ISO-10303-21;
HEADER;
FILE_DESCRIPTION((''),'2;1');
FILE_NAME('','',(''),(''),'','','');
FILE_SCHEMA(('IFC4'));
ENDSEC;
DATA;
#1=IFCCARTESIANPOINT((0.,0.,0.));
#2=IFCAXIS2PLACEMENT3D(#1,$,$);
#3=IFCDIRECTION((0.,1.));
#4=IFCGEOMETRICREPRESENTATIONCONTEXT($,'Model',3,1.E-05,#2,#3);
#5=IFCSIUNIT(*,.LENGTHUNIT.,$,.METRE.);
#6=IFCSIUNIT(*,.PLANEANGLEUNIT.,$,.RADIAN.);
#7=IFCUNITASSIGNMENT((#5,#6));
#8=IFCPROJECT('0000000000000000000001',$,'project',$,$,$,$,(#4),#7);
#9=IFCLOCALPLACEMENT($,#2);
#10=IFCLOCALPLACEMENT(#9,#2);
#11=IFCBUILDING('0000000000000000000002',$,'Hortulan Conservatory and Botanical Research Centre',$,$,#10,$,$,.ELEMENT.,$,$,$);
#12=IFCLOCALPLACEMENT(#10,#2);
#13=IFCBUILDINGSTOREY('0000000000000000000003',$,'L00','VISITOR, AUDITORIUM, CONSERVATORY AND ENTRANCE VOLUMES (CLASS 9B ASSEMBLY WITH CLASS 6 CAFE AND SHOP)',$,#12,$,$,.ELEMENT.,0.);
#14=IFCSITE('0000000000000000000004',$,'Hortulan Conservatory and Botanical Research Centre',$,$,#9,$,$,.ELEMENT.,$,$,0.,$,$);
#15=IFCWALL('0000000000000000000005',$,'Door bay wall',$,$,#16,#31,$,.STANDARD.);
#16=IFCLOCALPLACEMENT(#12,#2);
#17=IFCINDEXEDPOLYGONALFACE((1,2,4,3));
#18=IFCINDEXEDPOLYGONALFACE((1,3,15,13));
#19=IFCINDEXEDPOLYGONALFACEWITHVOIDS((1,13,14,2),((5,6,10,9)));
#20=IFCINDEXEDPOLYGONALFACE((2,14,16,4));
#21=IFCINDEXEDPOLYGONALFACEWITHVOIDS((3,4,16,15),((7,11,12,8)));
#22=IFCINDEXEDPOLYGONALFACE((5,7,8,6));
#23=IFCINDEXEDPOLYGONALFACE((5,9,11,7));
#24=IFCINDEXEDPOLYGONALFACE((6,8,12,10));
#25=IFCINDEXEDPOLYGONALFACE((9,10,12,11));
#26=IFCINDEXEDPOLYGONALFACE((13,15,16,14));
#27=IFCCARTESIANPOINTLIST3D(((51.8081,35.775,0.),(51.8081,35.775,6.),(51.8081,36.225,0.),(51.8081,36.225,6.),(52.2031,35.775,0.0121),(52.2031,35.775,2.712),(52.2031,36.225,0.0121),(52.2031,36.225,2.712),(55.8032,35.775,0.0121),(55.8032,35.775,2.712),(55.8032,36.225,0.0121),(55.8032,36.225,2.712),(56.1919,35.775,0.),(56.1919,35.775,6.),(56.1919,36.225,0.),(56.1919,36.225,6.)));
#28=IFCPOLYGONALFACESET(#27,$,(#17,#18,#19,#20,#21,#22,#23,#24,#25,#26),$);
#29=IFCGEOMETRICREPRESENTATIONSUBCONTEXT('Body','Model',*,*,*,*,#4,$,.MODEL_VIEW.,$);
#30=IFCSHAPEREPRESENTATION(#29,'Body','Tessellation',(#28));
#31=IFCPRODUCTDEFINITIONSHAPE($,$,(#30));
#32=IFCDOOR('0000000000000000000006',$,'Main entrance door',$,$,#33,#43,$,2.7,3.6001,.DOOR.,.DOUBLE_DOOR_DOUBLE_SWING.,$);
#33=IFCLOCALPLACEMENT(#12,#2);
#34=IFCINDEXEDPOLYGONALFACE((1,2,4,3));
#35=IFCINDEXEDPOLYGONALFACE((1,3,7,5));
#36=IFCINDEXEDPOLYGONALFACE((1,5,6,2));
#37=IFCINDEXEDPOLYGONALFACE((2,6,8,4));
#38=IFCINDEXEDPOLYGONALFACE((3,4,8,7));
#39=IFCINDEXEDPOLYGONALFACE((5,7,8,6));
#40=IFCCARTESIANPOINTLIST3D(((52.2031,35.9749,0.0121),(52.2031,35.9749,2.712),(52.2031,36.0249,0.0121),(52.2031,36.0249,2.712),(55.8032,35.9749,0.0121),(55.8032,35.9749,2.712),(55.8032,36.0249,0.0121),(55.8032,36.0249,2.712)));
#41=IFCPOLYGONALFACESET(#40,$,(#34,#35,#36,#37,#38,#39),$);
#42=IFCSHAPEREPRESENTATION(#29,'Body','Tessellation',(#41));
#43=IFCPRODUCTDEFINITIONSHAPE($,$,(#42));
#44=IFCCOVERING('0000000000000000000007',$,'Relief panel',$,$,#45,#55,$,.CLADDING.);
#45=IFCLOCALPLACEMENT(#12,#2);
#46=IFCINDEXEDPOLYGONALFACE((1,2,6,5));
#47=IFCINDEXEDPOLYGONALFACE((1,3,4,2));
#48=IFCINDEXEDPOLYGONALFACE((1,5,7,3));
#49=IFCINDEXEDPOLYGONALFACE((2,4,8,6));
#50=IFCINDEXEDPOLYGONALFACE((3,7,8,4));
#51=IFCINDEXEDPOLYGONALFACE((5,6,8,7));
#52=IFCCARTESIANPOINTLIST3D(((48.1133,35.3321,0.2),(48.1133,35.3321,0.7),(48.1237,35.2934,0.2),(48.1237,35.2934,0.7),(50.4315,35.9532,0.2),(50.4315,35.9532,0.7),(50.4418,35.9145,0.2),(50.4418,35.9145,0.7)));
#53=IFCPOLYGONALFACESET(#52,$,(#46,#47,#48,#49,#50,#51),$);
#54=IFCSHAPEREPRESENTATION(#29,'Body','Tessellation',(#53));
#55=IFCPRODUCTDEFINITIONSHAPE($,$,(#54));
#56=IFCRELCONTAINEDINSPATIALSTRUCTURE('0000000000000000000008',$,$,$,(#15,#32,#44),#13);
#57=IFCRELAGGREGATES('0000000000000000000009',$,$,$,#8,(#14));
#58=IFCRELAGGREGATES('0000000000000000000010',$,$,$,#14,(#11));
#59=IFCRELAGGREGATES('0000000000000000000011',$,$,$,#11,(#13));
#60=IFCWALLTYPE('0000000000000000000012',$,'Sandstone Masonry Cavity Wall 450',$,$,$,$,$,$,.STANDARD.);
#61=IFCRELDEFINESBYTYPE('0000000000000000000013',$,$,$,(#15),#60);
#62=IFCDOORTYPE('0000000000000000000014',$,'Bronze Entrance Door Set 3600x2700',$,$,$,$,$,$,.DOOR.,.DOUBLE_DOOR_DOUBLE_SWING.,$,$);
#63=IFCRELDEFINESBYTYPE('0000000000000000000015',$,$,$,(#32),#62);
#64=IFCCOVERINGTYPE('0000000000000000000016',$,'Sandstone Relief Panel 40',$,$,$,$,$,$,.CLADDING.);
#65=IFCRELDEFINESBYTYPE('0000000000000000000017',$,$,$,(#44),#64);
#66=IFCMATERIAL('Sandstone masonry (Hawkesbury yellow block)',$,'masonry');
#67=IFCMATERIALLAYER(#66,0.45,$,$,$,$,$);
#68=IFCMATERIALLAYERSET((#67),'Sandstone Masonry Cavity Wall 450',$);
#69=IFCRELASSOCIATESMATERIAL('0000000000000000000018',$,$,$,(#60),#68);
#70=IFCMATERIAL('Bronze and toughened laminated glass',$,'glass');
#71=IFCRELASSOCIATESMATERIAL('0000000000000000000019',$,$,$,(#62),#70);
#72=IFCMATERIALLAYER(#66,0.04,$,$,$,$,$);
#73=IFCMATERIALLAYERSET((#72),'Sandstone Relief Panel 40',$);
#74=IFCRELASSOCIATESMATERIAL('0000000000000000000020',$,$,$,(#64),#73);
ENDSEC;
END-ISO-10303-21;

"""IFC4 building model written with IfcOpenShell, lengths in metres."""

from ifc_helpers import new_model, si_unit, direction, frame, frame_2d, origin, origin_2d, place, context, subcontext, project, spatial, rectangle, extrude, material, layer, layer_set, type_object, element, fill, save


model = new_model("IFC4")

# Units and contexts
model_context = context("Model", 3, precision=1e-05, world=origin(), true_north=direction((0.0, 1.0)))
body_context = subcontext(model_context, "Body", "Model", "MODEL_VIEW")
ifc_project = project(units=[si_unit("LENGTHUNIT", "METRE"), si_unit("PLANEANGLEUNIT", "RADIAN")], contexts=[model_context])

# Site, building, storey
site_placement = place(None, origin())
site = spatial("IfcSite", under=ifc_project, at=site_placement, Name="Hortulan Conservatory and Botanical Research Centre", CompositionType="ELEMENT", RefElevation=0.0)
building_placement = place(site_placement, origin())
building = spatial("IfcBuilding", under=site, at=building_placement, Name="Hortulan Conservatory and Botanical Research Centre", CompositionType="ELEMENT")
storey_placement = place(building_placement, origin())
storey = spatial("IfcBuildingStorey", under=building, at=storey_placement, Name="L00", Description="VISITOR, AUDITORIUM, CONSERVATORY AND ENTRANCE VOLUMES (CLASS 9B ASSEMBLY WITH CLASS 6 CAFE AND SHOP)", CompositionType="ELEMENT", Elevation=0.0)

# Wall, opening, door
ifc_material_1 = material(Name="Sandstone masonry (Hawkesbury yellow block)", Category="masonry")
ifc_layer_1 = layer(ifc_material_1, 0.45)
ifc_layer_set_1 = layer_set([ifc_layer_1], Name="Sandstone Masonry Cavity Wall 450")
wall_type = type_object("IfcWallType", Name="Sandstone Masonry Cavity Wall 450", PredefinedType="STANDARD", material=ifc_layer_set_1)
wall_placement = place(storey_placement, frame((51.8081, 36.0, 0.0), z_axis=(0.0, 0.0, 1.0), x_axis=(1.0, 0.0, 0.0)))
wall = element("IfcWall", 1, at=wall_placement, inside=storey, type_object=wall_type, Name="Door bay wall", PredefinedType="STANDARD", context=body_context, shape_type="SweptSolid", body=[
    extrude(rectangle(XDim=4.3838, YDim=0.45, at=frame_2d((2.1919, 0.0))), origin(), (0.0, 0.0, 1.0), 6.0),
])
opening_placement = place(wall_placement, frame((0.395, 0.0, 0.012)))
opening = element("IfcOpeningElement", 2, at=opening_placement, cuts=wall, PredefinedType="OPENING", context=body_context, shape_type="SweptSolid", body=[
    extrude(rectangle(XDim=3.6001, YDim=2.7, at=frame_2d((1.8, 1.3501))), frame((0.0, 0.2349, 0.0), z_axis=(0.0, -1.0, 0.0), x_axis=(1.0, 0.0, 0.0)), (0.0, 0.0, 1.0), 0.47),
])
ifc_material_2 = material(Name="Bronze and toughened laminated glass", Category="glass")
door_type = type_object("IfcDoorType", Name="Bronze Entrance Door Set 3600x2700", OperationType="DOUBLE_DOOR_DOUBLE_SWING", PredefinedType="DOOR", material=ifc_material_2)
door_placement = place(opening_placement, origin())
door = element("IfcDoor", 3, at=door_placement, inside=storey, type_object=door_type, Name="Main entrance door", OperationType="DOUBLE_DOOR_DOUBLE_SWING", OverallHeight=2.7, OverallWidth=3.6001, PredefinedType="DOOR", context=body_context, shape_type="SweptSolid", body=[
    extrude(rectangle(XDim=3.6001, YDim=2.7, at=frame_2d((1.8, 1.3501))), frame((0.0, 0.0249, 0.0), z_axis=(0.0, -1.0, 0.0), x_axis=(1.0, 0.0, 0.0)), (0.0, 0.0, 1.0), 0.05),
])
fill(opening, door)

# Covering
ifc_layer_2 = layer(ifc_material_1, 0.04)
ifc_layer_set_2 = layer_set([ifc_layer_2], Name="Sandstone Relief Panel 40")
covering_type = type_object("IfcCoveringType", Name="Sandstone Relief Panel 40", PredefinedType="CLADDING", material=ifc_layer_set_2)
covering_placement = place(storey_placement, frame((49.2776, 35.6233, 0.2), z_axis=(0.0, 0.0, 1.0), x_axis=(0.965925, 0.258822, 0.0)))
element("IfcCovering", 4, at=covering_placement, inside=storey, type_object=covering_type, Name="Relief panel", PredefinedType="CLADDING", context=body_context, shape_type="SweptSolid", body=[
    extrude(rectangle(XDim=2.3999, YDim=0.04, at=origin_2d()), origin(), (0.0, 0.0, 1.0), 0.5),
])

save(model, "model.ifc")
